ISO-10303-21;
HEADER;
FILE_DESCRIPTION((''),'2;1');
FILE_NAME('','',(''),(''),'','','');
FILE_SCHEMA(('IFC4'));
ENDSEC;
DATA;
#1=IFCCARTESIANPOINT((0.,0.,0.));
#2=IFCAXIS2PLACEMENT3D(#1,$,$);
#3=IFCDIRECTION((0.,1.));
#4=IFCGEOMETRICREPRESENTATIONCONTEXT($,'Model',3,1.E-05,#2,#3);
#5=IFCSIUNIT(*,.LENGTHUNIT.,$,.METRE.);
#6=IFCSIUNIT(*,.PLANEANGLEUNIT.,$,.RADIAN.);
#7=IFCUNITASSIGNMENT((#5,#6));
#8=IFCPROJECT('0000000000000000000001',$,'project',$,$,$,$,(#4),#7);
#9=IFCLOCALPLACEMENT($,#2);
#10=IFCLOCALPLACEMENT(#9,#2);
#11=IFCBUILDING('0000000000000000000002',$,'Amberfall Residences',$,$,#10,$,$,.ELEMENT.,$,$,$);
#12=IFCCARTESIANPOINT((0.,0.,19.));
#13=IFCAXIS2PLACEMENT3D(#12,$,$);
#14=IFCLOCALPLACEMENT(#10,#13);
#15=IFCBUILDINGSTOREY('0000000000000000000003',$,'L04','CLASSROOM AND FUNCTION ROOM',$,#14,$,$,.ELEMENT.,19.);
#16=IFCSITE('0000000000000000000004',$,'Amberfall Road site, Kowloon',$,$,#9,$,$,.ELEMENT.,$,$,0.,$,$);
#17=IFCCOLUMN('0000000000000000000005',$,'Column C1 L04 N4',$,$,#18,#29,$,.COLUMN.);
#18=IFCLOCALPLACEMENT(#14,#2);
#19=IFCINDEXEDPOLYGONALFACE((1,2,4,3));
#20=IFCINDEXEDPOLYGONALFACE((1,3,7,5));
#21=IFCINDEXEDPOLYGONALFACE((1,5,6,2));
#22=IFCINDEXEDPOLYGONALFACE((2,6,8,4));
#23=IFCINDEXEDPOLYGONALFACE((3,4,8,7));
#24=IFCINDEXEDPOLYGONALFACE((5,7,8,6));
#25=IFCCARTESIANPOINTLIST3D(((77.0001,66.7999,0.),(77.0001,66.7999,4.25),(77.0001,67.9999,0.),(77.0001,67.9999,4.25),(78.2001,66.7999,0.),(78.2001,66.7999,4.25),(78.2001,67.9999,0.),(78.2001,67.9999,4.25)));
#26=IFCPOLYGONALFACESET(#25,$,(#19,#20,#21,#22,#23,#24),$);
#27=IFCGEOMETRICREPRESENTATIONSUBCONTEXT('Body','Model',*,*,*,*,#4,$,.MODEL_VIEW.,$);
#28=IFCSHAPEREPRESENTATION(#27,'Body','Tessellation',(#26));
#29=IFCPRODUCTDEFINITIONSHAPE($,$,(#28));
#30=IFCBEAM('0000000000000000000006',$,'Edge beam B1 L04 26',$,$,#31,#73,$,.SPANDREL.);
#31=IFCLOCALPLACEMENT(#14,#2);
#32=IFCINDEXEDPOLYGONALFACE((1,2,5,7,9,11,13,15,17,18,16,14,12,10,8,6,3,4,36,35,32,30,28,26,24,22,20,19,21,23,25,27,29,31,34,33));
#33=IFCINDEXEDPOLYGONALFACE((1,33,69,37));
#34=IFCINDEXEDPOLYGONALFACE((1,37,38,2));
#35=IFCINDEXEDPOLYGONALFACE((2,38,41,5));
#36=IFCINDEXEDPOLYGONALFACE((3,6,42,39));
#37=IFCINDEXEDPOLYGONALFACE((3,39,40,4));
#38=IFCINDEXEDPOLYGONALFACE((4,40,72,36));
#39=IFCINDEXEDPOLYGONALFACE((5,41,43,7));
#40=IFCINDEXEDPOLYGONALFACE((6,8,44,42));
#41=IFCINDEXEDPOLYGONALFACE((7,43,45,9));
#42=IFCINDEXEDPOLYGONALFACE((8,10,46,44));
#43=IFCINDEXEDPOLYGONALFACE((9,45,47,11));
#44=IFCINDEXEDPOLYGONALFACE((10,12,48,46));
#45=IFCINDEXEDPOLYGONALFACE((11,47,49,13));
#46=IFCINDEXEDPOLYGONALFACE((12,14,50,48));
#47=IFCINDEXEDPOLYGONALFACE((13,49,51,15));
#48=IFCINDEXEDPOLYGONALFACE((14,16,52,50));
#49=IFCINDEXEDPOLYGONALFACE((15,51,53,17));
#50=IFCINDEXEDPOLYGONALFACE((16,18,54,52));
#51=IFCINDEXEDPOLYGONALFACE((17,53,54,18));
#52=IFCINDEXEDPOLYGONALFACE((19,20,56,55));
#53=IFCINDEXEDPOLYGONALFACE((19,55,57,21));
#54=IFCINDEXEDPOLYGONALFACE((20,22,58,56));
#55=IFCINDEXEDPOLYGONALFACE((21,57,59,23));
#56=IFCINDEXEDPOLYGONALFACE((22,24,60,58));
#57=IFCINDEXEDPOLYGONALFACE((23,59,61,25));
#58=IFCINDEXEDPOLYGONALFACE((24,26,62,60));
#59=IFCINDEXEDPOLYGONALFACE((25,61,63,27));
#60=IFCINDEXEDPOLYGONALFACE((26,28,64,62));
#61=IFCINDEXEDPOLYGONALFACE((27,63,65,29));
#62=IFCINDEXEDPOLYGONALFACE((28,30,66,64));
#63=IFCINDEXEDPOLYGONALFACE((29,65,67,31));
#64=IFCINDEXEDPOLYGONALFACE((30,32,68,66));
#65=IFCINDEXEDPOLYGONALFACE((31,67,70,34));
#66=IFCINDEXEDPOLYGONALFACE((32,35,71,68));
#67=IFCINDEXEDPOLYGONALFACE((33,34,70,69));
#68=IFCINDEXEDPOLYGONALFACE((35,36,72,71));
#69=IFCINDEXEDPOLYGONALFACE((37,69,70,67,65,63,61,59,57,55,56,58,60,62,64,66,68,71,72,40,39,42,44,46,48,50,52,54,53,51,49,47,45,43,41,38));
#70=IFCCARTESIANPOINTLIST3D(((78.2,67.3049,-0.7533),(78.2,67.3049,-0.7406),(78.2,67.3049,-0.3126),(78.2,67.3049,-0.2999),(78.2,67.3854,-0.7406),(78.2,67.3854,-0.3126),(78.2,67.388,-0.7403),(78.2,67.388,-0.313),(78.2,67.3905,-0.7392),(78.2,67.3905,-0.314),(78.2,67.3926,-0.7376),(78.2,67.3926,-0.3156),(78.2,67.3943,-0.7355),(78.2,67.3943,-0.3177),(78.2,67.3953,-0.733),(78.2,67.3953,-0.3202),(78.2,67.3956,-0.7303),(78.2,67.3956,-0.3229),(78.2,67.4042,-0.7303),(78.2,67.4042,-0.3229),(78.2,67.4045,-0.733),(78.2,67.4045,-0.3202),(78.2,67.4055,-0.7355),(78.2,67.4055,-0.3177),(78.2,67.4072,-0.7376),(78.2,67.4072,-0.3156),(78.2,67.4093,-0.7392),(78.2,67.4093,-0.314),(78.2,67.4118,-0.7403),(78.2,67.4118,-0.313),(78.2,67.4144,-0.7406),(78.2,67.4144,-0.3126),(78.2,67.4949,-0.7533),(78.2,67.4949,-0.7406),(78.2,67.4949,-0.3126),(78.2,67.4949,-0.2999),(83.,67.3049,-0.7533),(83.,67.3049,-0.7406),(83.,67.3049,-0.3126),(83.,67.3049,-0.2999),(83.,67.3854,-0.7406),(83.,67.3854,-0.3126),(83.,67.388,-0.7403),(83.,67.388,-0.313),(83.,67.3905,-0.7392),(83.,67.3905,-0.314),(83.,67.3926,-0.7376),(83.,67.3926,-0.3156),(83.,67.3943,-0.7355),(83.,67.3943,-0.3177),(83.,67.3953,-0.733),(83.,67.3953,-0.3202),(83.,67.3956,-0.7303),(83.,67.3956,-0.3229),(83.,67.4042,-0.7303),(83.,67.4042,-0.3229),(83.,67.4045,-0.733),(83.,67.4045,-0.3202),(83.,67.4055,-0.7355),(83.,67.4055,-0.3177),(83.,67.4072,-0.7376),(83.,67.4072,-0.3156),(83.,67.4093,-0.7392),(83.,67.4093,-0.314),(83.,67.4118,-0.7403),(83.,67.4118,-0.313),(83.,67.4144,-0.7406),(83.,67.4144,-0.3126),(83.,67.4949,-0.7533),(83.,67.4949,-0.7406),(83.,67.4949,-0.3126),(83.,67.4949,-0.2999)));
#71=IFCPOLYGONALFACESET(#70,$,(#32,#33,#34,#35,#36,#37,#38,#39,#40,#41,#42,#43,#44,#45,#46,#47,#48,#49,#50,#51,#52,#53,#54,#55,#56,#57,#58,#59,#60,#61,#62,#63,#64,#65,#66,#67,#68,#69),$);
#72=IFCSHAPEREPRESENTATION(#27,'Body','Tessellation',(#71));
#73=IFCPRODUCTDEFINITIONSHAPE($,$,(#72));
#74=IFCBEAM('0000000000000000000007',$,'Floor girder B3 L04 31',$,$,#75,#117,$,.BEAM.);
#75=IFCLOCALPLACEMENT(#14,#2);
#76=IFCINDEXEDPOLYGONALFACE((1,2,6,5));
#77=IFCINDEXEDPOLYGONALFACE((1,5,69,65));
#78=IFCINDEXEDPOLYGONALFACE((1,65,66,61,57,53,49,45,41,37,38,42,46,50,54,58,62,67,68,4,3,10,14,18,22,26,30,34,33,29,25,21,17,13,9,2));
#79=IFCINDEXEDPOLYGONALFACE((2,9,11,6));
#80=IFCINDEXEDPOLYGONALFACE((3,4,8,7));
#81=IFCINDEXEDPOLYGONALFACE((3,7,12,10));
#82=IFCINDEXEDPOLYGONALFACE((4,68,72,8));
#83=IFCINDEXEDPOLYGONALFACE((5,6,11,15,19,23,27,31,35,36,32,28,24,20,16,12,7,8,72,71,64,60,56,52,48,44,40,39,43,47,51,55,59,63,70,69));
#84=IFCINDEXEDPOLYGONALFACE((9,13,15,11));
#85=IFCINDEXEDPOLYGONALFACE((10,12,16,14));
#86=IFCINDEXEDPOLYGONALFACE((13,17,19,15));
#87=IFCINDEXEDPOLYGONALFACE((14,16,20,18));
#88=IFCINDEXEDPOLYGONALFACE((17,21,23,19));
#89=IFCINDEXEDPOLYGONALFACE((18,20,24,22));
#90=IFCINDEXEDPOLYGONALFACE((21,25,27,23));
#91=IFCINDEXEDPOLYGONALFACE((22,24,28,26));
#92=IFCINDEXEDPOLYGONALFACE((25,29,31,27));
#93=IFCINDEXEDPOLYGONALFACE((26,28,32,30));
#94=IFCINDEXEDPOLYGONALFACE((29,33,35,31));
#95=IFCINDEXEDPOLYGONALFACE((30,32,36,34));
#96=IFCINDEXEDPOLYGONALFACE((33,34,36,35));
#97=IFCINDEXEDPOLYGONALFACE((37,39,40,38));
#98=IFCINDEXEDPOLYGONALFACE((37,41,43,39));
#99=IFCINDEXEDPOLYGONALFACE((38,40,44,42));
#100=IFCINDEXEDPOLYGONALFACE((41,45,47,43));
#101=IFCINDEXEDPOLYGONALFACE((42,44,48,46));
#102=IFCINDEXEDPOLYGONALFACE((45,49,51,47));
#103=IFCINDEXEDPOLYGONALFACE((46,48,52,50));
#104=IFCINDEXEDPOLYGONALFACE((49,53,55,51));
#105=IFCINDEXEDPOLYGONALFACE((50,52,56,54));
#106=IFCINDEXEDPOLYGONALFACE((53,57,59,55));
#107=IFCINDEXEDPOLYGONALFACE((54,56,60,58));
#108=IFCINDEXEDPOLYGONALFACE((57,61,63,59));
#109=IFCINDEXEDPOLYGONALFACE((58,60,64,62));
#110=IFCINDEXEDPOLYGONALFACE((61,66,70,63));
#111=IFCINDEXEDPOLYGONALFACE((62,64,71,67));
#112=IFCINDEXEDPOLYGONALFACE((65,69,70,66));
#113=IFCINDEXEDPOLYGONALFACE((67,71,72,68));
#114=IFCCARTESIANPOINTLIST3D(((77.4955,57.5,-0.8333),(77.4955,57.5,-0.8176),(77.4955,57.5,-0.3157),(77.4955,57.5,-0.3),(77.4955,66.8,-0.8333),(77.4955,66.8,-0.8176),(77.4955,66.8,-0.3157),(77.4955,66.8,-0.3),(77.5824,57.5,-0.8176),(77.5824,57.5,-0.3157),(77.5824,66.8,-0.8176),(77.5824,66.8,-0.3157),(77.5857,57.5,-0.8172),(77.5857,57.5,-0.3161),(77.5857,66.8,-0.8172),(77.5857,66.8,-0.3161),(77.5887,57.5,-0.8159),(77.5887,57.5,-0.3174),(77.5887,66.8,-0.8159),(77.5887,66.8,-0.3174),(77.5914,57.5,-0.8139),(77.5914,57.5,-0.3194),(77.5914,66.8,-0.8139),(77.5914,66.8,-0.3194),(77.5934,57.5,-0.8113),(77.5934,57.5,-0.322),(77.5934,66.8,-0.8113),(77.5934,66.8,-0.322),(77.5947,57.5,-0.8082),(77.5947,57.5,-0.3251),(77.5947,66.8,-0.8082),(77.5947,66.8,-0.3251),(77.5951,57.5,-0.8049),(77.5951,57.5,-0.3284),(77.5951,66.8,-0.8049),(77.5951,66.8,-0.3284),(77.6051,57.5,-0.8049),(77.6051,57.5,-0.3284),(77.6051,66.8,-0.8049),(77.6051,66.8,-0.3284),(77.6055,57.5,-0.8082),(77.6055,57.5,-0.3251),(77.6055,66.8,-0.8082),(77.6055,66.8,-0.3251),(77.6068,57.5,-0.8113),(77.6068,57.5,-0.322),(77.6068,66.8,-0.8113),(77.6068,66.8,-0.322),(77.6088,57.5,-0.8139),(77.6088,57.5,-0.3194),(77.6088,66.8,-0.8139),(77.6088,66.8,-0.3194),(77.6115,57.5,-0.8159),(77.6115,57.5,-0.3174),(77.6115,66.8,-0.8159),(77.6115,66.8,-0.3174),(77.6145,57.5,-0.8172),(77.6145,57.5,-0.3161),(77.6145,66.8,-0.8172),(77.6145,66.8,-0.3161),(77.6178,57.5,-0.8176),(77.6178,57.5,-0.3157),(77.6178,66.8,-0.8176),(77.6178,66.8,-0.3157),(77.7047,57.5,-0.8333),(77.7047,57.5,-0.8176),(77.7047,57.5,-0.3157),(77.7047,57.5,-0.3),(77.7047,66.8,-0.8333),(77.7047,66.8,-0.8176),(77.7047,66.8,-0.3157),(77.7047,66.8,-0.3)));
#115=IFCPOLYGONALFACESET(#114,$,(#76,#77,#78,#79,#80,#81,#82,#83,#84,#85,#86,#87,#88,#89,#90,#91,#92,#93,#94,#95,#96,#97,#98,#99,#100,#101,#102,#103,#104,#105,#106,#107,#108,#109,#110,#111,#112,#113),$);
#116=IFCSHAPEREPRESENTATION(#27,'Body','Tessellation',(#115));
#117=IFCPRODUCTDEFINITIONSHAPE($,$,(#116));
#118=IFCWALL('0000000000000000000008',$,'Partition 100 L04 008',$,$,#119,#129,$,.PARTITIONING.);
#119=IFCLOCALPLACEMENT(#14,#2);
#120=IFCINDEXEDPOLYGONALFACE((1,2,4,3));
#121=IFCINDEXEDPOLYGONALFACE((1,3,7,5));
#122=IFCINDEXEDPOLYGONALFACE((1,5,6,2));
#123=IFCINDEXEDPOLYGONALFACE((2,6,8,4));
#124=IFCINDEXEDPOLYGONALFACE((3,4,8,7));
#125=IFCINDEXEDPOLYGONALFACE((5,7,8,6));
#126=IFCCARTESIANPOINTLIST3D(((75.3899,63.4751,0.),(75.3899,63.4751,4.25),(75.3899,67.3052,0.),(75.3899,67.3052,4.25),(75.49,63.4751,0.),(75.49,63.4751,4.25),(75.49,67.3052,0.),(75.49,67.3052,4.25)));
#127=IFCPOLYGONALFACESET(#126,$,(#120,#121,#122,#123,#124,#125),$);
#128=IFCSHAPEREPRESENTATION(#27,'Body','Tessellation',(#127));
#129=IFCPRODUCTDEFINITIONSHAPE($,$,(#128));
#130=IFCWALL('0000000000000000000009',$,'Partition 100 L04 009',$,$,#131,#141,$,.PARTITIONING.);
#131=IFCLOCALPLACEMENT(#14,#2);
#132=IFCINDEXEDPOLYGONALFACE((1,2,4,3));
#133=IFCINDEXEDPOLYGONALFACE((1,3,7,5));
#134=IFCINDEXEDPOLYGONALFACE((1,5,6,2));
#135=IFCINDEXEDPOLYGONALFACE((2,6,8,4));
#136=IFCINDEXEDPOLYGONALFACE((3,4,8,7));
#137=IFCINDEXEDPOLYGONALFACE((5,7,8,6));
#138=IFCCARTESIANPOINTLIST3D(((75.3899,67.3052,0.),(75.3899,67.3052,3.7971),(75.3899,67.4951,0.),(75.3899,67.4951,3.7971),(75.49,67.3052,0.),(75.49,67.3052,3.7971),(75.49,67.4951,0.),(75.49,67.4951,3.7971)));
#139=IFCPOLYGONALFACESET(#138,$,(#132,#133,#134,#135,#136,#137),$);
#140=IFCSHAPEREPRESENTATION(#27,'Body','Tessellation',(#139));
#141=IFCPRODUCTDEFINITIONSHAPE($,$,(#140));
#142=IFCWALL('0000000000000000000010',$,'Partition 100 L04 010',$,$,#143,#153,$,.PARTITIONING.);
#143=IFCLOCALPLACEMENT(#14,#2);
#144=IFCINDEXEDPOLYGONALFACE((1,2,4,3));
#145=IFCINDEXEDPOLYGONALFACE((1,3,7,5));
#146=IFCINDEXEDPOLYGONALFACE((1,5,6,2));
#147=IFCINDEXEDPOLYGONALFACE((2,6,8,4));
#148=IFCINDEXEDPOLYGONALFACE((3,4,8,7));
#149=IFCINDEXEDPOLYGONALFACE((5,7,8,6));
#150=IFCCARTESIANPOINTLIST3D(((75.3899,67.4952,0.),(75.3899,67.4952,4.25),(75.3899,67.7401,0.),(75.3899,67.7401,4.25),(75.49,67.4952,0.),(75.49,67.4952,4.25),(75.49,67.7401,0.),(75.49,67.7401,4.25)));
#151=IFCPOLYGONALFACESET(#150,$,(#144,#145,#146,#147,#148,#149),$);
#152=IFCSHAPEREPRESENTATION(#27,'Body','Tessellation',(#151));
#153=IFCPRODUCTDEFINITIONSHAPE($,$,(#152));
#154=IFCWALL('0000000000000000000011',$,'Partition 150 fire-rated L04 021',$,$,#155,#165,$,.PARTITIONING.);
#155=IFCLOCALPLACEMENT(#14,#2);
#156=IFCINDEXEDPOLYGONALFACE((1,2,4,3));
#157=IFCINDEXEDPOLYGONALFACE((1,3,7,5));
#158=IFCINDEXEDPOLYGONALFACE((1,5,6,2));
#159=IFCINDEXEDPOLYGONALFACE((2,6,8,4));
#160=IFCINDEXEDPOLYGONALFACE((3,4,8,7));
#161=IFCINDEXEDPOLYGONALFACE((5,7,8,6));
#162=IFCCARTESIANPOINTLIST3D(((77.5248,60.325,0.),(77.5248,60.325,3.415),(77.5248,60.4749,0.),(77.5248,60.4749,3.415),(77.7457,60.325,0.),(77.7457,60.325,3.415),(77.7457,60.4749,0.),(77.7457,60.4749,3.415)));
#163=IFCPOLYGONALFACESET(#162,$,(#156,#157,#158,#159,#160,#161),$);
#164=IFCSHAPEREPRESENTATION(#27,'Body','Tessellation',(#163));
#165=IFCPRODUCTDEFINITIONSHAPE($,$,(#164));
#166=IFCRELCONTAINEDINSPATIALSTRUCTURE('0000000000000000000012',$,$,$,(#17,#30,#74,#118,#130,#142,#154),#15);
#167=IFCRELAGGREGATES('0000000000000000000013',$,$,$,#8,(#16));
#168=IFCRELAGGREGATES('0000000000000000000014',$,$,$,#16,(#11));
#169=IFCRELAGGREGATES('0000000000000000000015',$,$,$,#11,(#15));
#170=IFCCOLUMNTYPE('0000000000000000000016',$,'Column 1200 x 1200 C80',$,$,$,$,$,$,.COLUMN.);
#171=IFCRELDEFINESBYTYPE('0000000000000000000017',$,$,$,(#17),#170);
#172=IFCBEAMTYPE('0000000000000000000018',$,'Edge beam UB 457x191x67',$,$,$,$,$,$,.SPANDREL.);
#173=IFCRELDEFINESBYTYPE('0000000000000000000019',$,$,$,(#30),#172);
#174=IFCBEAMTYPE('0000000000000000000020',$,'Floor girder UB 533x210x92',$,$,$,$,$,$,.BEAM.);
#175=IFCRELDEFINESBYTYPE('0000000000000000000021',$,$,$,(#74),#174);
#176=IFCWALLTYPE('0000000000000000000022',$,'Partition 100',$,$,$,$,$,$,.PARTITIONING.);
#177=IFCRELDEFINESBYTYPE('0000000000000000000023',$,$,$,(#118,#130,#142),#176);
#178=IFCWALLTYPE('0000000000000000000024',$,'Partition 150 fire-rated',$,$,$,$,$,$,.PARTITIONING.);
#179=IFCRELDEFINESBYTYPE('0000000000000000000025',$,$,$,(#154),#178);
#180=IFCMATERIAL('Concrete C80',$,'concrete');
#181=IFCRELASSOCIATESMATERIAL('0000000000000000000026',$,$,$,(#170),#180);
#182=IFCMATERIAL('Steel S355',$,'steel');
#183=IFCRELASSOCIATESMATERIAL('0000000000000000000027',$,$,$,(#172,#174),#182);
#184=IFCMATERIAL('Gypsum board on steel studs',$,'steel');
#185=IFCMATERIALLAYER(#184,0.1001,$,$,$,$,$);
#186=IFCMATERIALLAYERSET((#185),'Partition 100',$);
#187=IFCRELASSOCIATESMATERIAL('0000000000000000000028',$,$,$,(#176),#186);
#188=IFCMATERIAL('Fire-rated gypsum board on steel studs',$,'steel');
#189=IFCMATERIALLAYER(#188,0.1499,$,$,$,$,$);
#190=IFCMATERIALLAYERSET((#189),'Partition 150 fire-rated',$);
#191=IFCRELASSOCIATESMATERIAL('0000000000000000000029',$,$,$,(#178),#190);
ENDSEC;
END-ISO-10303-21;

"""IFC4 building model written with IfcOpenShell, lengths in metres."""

from ifc_helpers import new_model, si_unit, direction, frame, frame_2d, origin, origin_2d, place, context, subcontext, project, spatial, rectangle, i_section, extrude, material, layer, layer_set, material_profile, profile_set, type_object, element, save


model = new_model("IFC4")

# Units and contexts
model_context = context("Model", 3, precision=1e-05, world=origin(), true_north=direction((0.0, 1.0)))
body_context = subcontext(model_context, "Body", "Model", "MODEL_VIEW")
ifc_project = project(units=[si_unit("LENGTHUNIT", "METRE"), si_unit("PLANEANGLEUNIT", "RADIAN")], contexts=[model_context])

# Site, building, storey
site_placement = place(None, origin())
site = spatial("IfcSite", under=ifc_project, at=site_placement, Name="Amberfall Road site, Kowloon", CompositionType="ELEMENT", RefElevation=0.0)
building_placement = place(site_placement, origin())
building = spatial("IfcBuilding", under=site, at=building_placement, Name="Amberfall Residences", CompositionType="ELEMENT")
storey_placement = place(building_placement, frame((0.0, 0.0, 19.0)))
storey = spatial("IfcBuildingStorey", under=building, at=storey_placement, Name="L04", Description="CLASSROOM AND FUNCTION ROOM", CompositionType="ELEMENT", Elevation=19.0)

# Column
ifc_material_1 = material(Name="Concrete C80", Category="concrete")
ifc_material_profile_1 = material_profile(ifc_material_1, rectangle(XDim=1.2, YDim=1.2, at=origin_2d()), Name="Column 1200 x 1200 C80")
ifc_profile_set_1 = profile_set([ifc_material_profile_1], Name="Concrete C80")
column_type = type_object("IfcColumnType", Name="Column 1200 x 1200 C80", PredefinedType="COLUMN", material=ifc_profile_set_1)
column_placement = place(storey_placement, frame((77.6001, 67.3999, 0.0), z_axis=(0.0, 0.0, 1.0), x_axis=(1.0, 0.0, 0.0)))
element("IfcColumn", 1, at=column_placement, inside=storey, type_object=column_type, Name="Column C1 L04 N4", PredefinedType="COLUMN", context=body_context, shape_type="SweptSolid", body=[
    extrude(rectangle(XDim=1.2, YDim=1.2, at=origin_2d()), origin(), (0.0, 0.0, 1.0), 4.25),
])

# Beams
ifc_material_2 = material(Name="Steel S355", Category="steel")
ifc_material_profile_2 = material_profile(ifc_material_2, i_section(OverallWidth=0.1899, OverallDepth=0.4534, WebThickness=0.0085, FlangeThickness=0.0127, FilletRadius=0.0103, at=origin_2d()), Name="UB 457x191x67")
ifc_profile_set_2 = profile_set([ifc_material_profile_2], Name="Steel S355")
beam_type_1 = type_object("IfcBeamType", Name="Edge beam UB 457x191x67", PredefinedType="SPANDREL", material=ifc_profile_set_2)
beam_1_placement = place(storey_placement, frame((78.2, 67.3999, -0.5266), z_axis=(1.0, 0.0, 0.0), x_axis=(0.0, 1.0, 0.0)))
element("IfcBeam", 2, at=beam_1_placement, inside=storey, type_object=beam_type_1, Name="Edge beam B1 L04 26", PredefinedType="SPANDREL", context=body_context, shape_type="SweptSolid", body=[
    extrude(i_section(OverallWidth=0.1899, OverallDepth=0.4534, WebThickness=0.0085, FlangeThickness=0.0127, FilletRadius=0.0103, at=origin_2d()), origin(), (0.0, 0.0, 1.0), 4.8),
])
ifc_material_profile_3 = material_profile(ifc_material_2, i_section(OverallWidth=0.2092, OverallDepth=0.5332, WebThickness=0.01, FlangeThickness=0.0156, FilletRadius=0.0127, at=origin_2d()), Name="UB 533x210x92")
ifc_profile_set_3 = profile_set([ifc_material_profile_3], Name="Steel S355")
beam_type_2 = type_object("IfcBeamType", Name="Floor girder UB 533x210x92", PredefinedType="BEAM", material=ifc_profile_set_3)
beam_2_placement = place(storey_placement, frame((77.6001, 66.8, -0.5667), z_axis=(0.0, -1.0, 0.0), x_axis=(1.0, 0.0, 0.0)))
element("IfcBeam", 3, at=beam_2_placement, inside=storey, type_object=beam_type_2, Name="Floor girder B3 L04 31", PredefinedType="BEAM", context=body_context, shape_type="SweptSolid", body=[
    extrude(i_section(OverallWidth=0.2092, OverallDepth=0.5332, WebThickness=0.01, FlangeThickness=0.0156, FilletRadius=0.0127, at=origin_2d()), origin(), (0.0, 0.0, 1.0), 9.3),
])

# Walls
ifc_material_3 = material(Name="Gypsum board on steel studs", Category="steel")
ifc_layer_1 = layer(ifc_material_3, 0.1001)
ifc_layer_set_1 = layer_set([ifc_layer_1], Name="Partition 100")
wall_type_1 = type_object("IfcWallType", Name="Partition 100", PredefinedType="PARTITIONING", material=ifc_layer_set_1)
wall_1_placement = place(storey_placement, frame((75.4399, 63.4751, 0.0), z_axis=(0.0, 0.0, 1.0), x_axis=(0.0, 1.0, 0.0)))
element("IfcWall", 4, at=wall_1_placement, inside=storey, type_object=wall_type_1, Name="Partition 100 L04 008", PredefinedType="PARTITIONING", context=body_context, shape_type="SweptSolid", body=[
    extrude(rectangle(XDim=3.8301, YDim=0.1001, at=frame_2d((1.915, 0.0))), origin(), (0.0, 0.0, 1.0), 4.25),
])
wall_2_placement = place(storey_placement, frame((75.4399, 67.3052, 0.0), z_axis=(0.0, 0.0, 1.0), x_axis=(0.0, 1.0, 0.0)))
element("IfcWall", 5, at=wall_2_placement, inside=storey, type_object=wall_type_1, Name="Partition 100 L04 009", PredefinedType="PARTITIONING", context=body_context, shape_type="SweptSolid", body=[
    extrude(rectangle(XDim=0.1899, YDim=0.1001, at=frame_2d((0.095, 0.0))), origin(), (0.0, 0.0, 1.0), 3.7971),
])
wall_3_placement = place(storey_placement, frame((75.4399, 67.4951, 0.0), z_axis=(0.0, 0.0, 1.0), x_axis=(0.0, 1.0, 0.0)))
element("IfcWall", 6, at=wall_3_placement, inside=storey, type_object=wall_type_1, Name="Partition 100 L04 010", PredefinedType="PARTITIONING", context=body_context, shape_type="SweptSolid", body=[
    extrude(rectangle(XDim=0.2449, YDim=0.1001, at=frame_2d((0.1226, 0.0))), origin(), (0.0, 0.0, 1.0), 4.25),
])
ifc_material_4 = material(Name="Fire-rated gypsum board on steel studs", Category="steel")
ifc_layer_2 = layer(ifc_material_4, 0.1499)
ifc_layer_set_2 = layer_set([ifc_layer_2], Name="Partition 150 fire-rated")
wall_type_2 = type_object("IfcWallType", Name="Partition 150 fire-rated", PredefinedType="PARTITIONING", material=ifc_layer_set_2)
wall_4_placement = place(storey_placement, frame((77.5249, 60.3999, 0.0), z_axis=(0.0, 0.0, 1.0), x_axis=(1.0, 0.0, 0.0)))
element("IfcWall", 7, at=wall_4_placement, inside=storey, type_object=wall_type_2, Name="Partition 150 fire-rated L04 021", PredefinedType="PARTITIONING", context=body_context, shape_type="SweptSolid", body=[
    extrude(rectangle(XDim=0.2209, YDim=0.1499, at=frame_2d((0.1104, 0.0))), origin(), (0.0, 0.0, 1.0), 3.415),
])

save(model, "model.ifc")
